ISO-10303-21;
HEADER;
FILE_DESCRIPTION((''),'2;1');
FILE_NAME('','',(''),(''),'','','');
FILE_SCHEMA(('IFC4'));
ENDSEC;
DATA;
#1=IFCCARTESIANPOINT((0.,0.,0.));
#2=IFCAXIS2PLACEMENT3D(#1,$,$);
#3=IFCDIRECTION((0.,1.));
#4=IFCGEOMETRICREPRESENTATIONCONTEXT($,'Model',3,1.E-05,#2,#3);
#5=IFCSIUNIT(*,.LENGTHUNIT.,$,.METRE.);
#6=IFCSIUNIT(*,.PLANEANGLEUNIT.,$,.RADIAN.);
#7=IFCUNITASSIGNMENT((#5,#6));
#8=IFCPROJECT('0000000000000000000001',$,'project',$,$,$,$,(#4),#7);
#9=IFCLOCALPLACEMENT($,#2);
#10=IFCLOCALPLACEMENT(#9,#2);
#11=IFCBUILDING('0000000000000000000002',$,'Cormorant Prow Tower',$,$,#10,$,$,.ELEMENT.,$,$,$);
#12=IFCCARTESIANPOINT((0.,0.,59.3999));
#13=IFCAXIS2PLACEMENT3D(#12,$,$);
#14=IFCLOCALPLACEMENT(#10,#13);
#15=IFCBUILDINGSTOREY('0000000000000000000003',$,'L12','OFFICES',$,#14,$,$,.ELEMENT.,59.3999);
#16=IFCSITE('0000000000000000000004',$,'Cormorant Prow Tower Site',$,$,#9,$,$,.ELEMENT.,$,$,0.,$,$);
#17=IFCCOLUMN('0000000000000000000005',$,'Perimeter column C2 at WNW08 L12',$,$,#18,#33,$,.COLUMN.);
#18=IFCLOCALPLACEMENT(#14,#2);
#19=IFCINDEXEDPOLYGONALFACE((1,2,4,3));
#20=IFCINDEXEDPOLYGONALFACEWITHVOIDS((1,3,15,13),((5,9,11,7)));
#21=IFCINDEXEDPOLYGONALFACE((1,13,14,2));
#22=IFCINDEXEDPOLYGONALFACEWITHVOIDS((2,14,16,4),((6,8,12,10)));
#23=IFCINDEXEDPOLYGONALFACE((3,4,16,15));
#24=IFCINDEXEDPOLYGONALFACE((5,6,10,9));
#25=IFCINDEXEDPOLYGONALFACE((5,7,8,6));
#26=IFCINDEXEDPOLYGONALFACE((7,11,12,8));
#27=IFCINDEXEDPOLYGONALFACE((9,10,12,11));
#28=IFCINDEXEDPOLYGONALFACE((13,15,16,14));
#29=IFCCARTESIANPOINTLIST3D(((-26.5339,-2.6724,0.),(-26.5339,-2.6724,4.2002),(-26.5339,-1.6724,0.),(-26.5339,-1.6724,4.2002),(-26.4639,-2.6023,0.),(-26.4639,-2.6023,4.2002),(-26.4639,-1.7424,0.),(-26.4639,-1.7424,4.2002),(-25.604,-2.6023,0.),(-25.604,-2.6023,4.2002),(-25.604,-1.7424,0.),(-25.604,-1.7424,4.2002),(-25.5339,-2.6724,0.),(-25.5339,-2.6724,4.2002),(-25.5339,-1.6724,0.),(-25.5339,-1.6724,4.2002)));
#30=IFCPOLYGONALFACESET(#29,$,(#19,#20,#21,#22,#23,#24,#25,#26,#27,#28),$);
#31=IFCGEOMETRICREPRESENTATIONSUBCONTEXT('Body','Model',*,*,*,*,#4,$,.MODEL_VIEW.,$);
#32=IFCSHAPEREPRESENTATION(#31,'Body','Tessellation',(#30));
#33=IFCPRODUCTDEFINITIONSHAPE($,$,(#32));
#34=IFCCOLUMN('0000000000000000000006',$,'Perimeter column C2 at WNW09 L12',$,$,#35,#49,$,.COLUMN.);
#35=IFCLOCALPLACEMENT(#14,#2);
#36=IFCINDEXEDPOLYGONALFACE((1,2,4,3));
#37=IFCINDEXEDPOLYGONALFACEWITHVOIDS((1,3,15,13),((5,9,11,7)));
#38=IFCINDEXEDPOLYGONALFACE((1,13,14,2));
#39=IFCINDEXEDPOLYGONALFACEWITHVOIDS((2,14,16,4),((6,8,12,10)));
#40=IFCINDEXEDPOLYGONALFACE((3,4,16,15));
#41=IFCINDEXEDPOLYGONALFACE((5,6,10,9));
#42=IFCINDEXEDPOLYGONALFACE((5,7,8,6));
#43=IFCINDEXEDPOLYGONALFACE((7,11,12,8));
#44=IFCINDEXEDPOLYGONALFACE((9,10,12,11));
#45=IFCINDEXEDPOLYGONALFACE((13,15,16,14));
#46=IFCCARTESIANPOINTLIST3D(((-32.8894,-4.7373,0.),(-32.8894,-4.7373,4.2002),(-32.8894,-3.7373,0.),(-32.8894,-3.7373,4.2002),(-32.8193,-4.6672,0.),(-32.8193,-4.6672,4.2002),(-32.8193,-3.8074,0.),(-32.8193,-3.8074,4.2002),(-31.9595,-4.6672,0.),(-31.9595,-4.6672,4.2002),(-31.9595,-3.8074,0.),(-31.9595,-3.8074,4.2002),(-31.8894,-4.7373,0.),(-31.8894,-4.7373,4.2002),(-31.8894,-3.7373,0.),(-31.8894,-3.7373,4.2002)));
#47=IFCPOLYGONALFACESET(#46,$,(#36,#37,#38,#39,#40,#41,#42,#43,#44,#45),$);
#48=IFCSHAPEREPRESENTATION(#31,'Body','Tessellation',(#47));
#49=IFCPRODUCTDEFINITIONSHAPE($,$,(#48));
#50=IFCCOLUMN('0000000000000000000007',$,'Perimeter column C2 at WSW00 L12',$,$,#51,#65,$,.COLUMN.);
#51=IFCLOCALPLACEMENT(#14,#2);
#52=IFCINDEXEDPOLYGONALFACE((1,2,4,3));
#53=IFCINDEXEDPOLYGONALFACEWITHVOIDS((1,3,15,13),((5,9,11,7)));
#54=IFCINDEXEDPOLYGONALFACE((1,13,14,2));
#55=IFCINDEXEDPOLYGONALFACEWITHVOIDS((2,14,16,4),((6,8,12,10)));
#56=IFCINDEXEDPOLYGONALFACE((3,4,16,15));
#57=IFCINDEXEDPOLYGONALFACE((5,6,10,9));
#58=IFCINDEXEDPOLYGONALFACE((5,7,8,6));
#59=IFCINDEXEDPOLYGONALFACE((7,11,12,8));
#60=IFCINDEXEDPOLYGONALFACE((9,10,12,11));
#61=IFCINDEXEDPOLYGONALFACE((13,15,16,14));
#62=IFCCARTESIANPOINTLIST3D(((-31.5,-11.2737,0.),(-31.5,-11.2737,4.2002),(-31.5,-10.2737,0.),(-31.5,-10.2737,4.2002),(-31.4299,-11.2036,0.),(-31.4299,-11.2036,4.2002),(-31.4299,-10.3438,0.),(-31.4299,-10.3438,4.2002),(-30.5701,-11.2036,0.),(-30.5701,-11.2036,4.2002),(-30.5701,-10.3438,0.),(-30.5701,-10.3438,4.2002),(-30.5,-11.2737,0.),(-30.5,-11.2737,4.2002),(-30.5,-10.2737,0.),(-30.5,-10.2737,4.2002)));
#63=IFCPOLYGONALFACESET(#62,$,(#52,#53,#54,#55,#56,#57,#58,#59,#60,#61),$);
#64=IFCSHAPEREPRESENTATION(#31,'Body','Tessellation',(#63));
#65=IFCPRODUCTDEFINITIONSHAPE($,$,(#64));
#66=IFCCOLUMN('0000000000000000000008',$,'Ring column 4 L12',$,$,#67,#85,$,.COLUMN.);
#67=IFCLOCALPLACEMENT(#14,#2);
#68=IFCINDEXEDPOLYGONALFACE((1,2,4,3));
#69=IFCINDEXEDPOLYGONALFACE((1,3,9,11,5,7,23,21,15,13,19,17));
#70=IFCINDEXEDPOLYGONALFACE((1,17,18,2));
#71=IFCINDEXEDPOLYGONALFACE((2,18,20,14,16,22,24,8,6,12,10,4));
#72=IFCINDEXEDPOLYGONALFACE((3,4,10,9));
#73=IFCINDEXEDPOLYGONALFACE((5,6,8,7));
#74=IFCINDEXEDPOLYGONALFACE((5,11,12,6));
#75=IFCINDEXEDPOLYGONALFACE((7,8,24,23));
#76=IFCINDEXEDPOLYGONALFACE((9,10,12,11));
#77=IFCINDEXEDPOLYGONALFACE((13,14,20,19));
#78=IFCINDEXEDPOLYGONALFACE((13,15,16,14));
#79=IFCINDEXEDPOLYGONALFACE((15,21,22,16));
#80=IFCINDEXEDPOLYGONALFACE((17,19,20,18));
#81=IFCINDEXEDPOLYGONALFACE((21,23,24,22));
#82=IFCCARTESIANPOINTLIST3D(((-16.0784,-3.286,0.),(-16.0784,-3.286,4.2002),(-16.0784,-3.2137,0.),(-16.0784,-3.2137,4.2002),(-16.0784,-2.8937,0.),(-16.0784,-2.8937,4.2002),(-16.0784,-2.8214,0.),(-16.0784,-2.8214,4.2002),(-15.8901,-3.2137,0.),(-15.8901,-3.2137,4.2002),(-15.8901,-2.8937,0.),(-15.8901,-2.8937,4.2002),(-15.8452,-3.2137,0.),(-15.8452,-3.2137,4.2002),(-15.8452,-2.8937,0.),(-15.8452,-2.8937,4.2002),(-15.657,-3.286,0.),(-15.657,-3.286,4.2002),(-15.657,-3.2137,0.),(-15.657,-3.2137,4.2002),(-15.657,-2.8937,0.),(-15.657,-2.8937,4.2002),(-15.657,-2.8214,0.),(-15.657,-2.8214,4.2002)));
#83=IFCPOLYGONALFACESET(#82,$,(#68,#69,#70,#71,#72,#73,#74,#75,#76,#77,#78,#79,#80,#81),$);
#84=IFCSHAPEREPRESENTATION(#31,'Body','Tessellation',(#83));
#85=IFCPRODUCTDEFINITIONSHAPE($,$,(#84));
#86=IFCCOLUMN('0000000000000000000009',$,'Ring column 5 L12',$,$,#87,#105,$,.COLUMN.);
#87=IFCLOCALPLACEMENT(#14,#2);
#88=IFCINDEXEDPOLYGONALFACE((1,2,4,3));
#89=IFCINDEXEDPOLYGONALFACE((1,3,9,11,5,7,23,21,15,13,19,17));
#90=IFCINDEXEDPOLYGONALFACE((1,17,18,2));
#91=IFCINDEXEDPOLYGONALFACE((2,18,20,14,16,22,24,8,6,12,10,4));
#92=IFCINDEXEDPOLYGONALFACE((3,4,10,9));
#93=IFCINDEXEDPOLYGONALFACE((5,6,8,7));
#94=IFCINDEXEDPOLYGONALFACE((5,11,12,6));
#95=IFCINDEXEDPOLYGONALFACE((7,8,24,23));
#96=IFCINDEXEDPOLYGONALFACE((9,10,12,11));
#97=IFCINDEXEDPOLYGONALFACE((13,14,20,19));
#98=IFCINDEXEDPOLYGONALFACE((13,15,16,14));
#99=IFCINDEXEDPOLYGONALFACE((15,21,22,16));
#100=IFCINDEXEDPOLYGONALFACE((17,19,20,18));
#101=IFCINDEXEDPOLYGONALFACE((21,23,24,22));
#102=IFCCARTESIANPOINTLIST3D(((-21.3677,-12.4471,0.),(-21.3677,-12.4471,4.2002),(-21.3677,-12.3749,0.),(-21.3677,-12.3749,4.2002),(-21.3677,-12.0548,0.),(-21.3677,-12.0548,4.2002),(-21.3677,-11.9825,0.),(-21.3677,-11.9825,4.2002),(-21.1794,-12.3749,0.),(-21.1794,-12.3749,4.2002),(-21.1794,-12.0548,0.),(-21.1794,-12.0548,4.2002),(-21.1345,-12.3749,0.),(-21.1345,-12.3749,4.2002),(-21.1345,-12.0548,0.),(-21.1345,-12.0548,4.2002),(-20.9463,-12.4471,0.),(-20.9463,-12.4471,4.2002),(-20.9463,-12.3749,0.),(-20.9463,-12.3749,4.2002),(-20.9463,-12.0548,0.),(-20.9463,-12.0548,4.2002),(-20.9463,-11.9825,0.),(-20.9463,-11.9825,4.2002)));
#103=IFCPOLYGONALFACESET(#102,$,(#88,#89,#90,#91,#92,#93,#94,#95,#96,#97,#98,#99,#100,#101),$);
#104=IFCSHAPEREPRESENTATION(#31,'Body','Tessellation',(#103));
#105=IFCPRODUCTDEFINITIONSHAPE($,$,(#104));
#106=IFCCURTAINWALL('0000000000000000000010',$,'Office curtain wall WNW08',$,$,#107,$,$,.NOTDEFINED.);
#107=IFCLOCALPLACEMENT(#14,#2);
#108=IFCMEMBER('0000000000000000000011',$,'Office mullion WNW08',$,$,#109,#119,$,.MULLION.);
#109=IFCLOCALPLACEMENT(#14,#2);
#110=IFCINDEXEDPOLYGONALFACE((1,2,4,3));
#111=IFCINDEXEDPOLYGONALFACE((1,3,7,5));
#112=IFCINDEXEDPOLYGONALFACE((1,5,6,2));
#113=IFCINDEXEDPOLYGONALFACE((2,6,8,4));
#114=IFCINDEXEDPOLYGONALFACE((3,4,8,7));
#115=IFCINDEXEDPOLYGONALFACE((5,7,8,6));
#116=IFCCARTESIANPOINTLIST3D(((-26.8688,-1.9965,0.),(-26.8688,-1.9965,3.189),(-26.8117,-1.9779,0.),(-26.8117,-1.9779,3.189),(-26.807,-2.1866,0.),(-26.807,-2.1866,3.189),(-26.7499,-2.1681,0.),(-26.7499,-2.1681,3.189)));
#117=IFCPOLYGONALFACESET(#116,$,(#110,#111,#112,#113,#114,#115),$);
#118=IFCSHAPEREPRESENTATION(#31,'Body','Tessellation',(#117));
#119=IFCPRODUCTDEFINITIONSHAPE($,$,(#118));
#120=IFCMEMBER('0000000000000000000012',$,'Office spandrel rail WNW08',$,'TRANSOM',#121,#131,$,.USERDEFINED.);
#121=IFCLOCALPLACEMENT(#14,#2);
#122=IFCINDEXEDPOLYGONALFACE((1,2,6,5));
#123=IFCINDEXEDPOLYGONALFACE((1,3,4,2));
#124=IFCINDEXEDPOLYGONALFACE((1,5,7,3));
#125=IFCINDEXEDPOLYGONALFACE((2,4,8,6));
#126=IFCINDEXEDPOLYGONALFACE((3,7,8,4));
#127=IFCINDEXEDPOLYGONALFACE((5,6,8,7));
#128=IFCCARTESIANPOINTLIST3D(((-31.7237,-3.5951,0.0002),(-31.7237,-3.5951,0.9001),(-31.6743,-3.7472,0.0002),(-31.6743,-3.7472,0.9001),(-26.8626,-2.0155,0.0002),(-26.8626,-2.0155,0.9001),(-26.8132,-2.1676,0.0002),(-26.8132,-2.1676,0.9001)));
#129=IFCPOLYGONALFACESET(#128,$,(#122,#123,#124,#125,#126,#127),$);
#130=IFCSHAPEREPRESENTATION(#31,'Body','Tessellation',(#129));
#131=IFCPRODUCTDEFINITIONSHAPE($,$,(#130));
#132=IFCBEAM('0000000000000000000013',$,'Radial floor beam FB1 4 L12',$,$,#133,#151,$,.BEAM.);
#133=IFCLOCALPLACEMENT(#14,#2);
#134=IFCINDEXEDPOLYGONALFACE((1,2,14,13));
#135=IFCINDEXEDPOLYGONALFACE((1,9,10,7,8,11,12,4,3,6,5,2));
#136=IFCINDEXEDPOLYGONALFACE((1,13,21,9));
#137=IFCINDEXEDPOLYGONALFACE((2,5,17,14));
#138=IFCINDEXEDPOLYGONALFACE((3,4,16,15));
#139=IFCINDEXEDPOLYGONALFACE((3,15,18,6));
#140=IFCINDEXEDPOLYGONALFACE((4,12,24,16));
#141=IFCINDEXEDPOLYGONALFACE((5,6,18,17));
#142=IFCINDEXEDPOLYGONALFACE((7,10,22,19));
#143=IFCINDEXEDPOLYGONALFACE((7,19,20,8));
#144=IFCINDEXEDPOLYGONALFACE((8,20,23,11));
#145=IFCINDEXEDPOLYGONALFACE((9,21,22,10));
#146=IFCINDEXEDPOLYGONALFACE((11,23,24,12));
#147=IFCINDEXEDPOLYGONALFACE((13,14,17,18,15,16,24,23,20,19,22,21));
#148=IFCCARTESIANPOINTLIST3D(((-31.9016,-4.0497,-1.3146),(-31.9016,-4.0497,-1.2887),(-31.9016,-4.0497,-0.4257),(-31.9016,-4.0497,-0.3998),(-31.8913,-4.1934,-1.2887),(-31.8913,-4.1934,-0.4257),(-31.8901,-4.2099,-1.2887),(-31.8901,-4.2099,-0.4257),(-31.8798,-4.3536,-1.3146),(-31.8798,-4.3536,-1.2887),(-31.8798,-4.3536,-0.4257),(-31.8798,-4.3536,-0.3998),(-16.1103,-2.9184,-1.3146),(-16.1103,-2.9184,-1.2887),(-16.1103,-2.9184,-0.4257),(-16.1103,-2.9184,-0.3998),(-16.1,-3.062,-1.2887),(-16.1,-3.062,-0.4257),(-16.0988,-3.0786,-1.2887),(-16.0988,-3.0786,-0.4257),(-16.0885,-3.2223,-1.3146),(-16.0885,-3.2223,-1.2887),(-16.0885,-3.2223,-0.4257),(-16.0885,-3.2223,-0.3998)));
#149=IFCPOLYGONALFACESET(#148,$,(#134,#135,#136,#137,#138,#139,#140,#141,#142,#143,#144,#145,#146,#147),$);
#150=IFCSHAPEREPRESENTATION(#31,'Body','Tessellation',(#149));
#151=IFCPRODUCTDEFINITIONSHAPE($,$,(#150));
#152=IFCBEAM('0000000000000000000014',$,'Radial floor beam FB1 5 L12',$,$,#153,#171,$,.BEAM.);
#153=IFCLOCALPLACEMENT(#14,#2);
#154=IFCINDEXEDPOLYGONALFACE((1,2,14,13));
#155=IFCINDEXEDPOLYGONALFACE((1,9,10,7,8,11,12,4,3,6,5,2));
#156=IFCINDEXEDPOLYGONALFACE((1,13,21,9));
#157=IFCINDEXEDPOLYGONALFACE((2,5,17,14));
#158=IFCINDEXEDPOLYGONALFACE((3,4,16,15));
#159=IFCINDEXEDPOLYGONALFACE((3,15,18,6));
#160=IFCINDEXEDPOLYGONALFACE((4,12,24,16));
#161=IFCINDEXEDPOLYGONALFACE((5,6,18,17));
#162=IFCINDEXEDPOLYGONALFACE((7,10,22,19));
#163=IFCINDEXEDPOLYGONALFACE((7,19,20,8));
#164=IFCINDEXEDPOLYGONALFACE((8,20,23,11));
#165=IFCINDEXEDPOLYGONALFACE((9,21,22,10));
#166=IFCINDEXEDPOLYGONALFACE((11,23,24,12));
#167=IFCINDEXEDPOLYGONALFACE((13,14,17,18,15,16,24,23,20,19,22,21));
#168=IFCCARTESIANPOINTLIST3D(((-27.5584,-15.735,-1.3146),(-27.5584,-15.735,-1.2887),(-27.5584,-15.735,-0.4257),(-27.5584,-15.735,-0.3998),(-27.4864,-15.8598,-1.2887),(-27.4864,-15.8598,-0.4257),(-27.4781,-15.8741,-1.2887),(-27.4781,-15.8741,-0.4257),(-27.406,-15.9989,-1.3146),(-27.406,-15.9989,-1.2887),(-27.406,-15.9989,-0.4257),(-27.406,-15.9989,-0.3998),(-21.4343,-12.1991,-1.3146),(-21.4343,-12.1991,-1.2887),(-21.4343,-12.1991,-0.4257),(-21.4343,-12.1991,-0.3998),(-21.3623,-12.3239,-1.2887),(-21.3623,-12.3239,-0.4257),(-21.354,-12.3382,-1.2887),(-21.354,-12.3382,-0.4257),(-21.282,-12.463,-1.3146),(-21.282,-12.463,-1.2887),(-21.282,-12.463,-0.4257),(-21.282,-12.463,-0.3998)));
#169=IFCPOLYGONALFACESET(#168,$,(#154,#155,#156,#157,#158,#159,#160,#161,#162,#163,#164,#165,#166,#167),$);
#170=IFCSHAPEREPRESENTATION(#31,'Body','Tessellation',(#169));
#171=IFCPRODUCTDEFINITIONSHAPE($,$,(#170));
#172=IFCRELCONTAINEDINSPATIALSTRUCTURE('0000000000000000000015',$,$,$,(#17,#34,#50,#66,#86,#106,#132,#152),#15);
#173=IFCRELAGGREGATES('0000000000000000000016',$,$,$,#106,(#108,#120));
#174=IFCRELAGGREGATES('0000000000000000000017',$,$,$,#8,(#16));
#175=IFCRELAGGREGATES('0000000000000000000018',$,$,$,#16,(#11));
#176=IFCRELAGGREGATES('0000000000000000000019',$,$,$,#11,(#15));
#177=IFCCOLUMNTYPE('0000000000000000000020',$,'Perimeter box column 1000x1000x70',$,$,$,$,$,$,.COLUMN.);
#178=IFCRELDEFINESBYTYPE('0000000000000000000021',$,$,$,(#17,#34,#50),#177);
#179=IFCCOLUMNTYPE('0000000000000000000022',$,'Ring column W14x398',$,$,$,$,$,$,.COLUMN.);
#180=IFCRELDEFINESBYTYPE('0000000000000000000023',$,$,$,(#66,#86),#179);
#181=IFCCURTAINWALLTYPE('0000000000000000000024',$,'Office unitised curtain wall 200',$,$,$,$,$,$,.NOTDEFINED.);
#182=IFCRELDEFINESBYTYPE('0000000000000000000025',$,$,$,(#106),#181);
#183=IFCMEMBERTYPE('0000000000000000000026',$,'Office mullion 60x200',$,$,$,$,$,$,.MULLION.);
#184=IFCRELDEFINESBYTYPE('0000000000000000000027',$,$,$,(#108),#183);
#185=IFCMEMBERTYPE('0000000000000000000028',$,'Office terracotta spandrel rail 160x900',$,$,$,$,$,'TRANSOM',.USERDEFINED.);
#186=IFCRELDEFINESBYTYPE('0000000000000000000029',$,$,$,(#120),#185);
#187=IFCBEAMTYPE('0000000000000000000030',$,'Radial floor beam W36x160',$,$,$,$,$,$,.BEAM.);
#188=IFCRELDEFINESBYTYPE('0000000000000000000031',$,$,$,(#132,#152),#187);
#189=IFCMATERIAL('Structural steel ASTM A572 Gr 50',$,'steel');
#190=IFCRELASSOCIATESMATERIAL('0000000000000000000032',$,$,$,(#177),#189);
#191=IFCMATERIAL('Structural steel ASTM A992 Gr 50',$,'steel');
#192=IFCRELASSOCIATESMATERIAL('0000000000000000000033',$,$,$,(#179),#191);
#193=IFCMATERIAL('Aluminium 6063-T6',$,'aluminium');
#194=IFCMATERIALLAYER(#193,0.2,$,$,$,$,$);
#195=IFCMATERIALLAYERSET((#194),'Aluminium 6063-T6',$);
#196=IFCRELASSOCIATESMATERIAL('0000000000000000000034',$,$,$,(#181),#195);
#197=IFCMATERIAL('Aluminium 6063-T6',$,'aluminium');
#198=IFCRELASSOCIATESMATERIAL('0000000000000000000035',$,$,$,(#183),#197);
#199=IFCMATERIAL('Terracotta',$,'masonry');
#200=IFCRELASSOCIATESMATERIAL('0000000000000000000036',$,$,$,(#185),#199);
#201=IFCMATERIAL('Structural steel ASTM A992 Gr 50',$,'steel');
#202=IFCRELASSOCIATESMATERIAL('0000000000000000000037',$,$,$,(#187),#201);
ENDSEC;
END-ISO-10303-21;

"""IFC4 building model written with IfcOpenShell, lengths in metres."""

from ifc_helpers import new_model, si_unit, direction, frame, origin, origin_2d, place, context, subcontext, project, spatial, rectangle, hollow_rectangle, i_section, extrude, material, layer, layer_set, material_profile, profile_set, type_object, element, aggregate, save


model = new_model("IFC4")

# Units and contexts
model_context = context("Model", 3, precision=1e-05, world=origin(), true_north=direction((0.0, 1.0)))
body_context = subcontext(model_context, "Body", "Model", "MODEL_VIEW")
ifc_project = project(units=[si_unit("LENGTHUNIT", "METRE"), si_unit("PLANEANGLEUNIT", "RADIAN")], contexts=[model_context])

# Site, building, storey
site_placement = place(None, origin())
site = spatial("IfcSite", under=ifc_project, at=site_placement, Name="Cormorant Prow Tower Site", CompositionType="ELEMENT", RefElevation=0.0)
building_placement = place(site_placement, origin())
building = spatial("IfcBuilding", under=site, at=building_placement, Name="Cormorant Prow Tower", CompositionType="ELEMENT")
storey_placement = place(building_placement, frame((0.0, 0.0, 59.3999)))
storey = spatial("IfcBuildingStorey", under=building, at=storey_placement, Name="L12", Description="OFFICES", CompositionType="ELEMENT", Elevation=59.3999)

# Columns
ifc_material_1 = material(Name="Structural steel ASTM A572 Gr 50", Category="steel")
ifc_material_profile_1 = material_profile(ifc_material_1, hollow_rectangle(XDim=1.0, YDim=1.0, WallThickness=0.0701, at=origin_2d()), Name="Box 1000x1000x70")
ifc_profile_set_1 = profile_set([ifc_material_profile_1], Name="Structural steel ASTM A572 Gr 50")
column_type_1 = type_object("IfcColumnType", Name="Perimeter box column 1000x1000x70", PredefinedType="COLUMN", material=ifc_profile_set_1)
for number, where, z_axis, x_axis, name in (
    (1, (-26.0339, -2.1724, 0.0), (0.0, 0.0, 1.0), (1.0, 0.0, 0.0), "Perimeter column C2 at WNW08 L12"),
    (2, (-32.3894, -4.2373, 0.0), (0.0, 0.0, 1.0), (1.0, 0.0, 0.0), "Perimeter column C2 at WNW09 L12"),
    (3, (-31.0, -10.7737, 0.0), (0.0, 0.0, 1.0), (1.0, 0.0, 0.0), "Perimeter column C2 at WSW00 L12"),
):
    element("IfcColumn", number, at=place(storey_placement, frame(where, z_axis=z_axis, x_axis=x_axis)), inside=storey, type_object=column_type_1, Name=name, PredefinedType="COLUMN", context=body_context, shape_type="SweptSolid", body=[
        extrude(hollow_rectangle(XDim=1.0, YDim=1.0, WallThickness=0.0701, at=origin_2d()), origin(), (0.0, 0.0, 1.0), 4.2002),
    ])
ifc_material_2 = material(Name="Structural steel ASTM A992 Gr 50", Category="steel")
ifc_material_profile_2 = material_profile(ifc_material_2, i_section(OverallWidth=0.4214, OverallDepth=0.4646, WebThickness=0.0449, FlangeThickness=0.0723, at=origin_2d()), Name="W14x398")
ifc_profile_set_2 = profile_set([ifc_material_profile_2], Name="Structural steel ASTM A992 Gr 50")
column_type_2 = type_object("IfcColumnType", Name="Ring column W14x398", PredefinedType="COLUMN", material=ifc_profile_set_2)
for number, where, z_axis, x_axis, name in (
    (4, (-15.8677, -3.0537, 0.0), (0.0, 0.0, 1.0), (1.0, 0.0, 0.0), "Ring column 4 L12"),
    (5, (-21.157, -12.2148, 0.0), (0.0, 0.0, 1.0), (1.0, 0.0, 0.0), "Ring column 5 L12"),
):
    element("IfcColumn", number, at=place(storey_placement, frame(where, z_axis=z_axis, x_axis=x_axis)), inside=storey, type_object=column_type_2, Name=name, PredefinedType="COLUMN", context=body_context, shape_type="SweptSolid", body=[
        extrude(i_section(OverallWidth=0.4214, OverallDepth=0.4646, WebThickness=0.0449, FlangeThickness=0.0723, at=origin_2d()), origin(), (0.0, 0.0, 1.0), 4.2002),
    ])

# Curtain wall, members
ifc_material_3 = material(Name="Aluminium 6063-T6", Category="aluminium")
ifc_layer_1 = layer(ifc_material_3, 0.2)
ifc_layer_set_1 = layer_set([ifc_layer_1], Name="Aluminium 6063-T6")
curtain_wall_type = type_object("IfcCurtainWallType", Name="Office unitised curtain wall 200", PredefinedType="NOTDEFINED", material=ifc_layer_set_1)
curtain_wall_placement = place(storey_placement, origin())
curtain_wall = element("IfcCurtainWall", 6, at=curtain_wall_placement, inside=storey, type_object=curtain_wall_type, Name="Office curtain wall WNW08", PredefinedType="NOTDEFINED")
ifc_material_4 = material(Name="Aluminium 6063-T6", Category="aluminium")
ifc_material_profile_3 = material_profile(ifc_material_4, rectangle(XDim=0.2, YDim=0.0601, at=origin_2d()), Name="Office mullion 60x200")
ifc_profile_set_3 = profile_set([ifc_material_profile_3], Name="Aluminium 6063-T6")
member_type_1 = type_object("IfcMemberType", Name="Office mullion 60x200", PredefinedType="MULLION", material=ifc_profile_set_3)
member_1_placement = place(storey_placement, frame((-26.8093, -2.0823, 0.0), z_axis=(0.0, 0.0, 1.0), x_axis=(0.309017, -0.951057, 0.0)))
member_1 = element("IfcMember", 7, at=member_1_placement, type_object=member_type_1, Name="Office mullion WNW08", PredefinedType="MULLION", context=body_context, shape_type="SweptSolid", body=[
    extrude(rectangle(XDim=0.2, YDim=0.0601, at=origin_2d()), origin(), (0.0, 0.0, 1.0), 3.189),
])
ifc_material_5 = material(Name="Terracotta", Category="masonry")
ifc_material_profile_4 = material_profile(ifc_material_5, rectangle(XDim=0.1599, YDim=0.8999, at=origin_2d()), Name="Office terracotta spandrel rail 160x900")
ifc_profile_set_4 = profile_set([ifc_material_profile_4], Name="Terracotta")
member_type_2 = type_object("IfcMemberType", Name="Office terracotta spandrel rail 160x900", ElementType="TRANSOM", PredefinedType="USERDEFINED", material=ifc_profile_set_4)
member_2_placement = place(storey_placement, frame((-26.8379, -2.0916, 0.4502), z_axis=(-0.951049, -0.30904, 0.0), x_axis=(0.30904, -0.951049, 0.0)))
member_2 = element("IfcMember", 8, at=member_2_placement, type_object=member_type_2, Name="Office spandrel rail WNW08", ObjectType="TRANSOM", PredefinedType="USERDEFINED", context=body_context, shape_type="SweptSolid", body=[
    extrude(rectangle(XDim=0.1599, YDim=0.8999, at=origin_2d()), origin(), (0.0, 0.0, 1.0), 5.1113),
])

# Beams
ifc_material_6 = material(Name="Structural steel ASTM A992 Gr 50", Category="steel")
ifc_material_profile_5 = material_profile(ifc_material_6, i_section(OverallWidth=0.3047, OverallDepth=0.9148, WebThickness=0.0166, FlangeThickness=0.0259, at=origin_2d()), Name="W36x160")
ifc_profile_set_5 = profile_set([ifc_material_profile_5], Name="Structural steel ASTM A992 Gr 50")
beam_type_1 = type_object("IfcBeamType", Name="Radial floor beam W36x160", PredefinedType="BEAM", material=ifc_profile_set_5)
beam_1_placement = place(storey_placement, frame((-16.0994, -3.0703, -0.8572), z_axis=(-0.997443, -0.071461, 0.0), x_axis=(0.071461, -0.997443, 0.0)))
element("IfcBeam", 9, at=beam_1_placement, inside=storey, type_object=beam_type_1, Name="Radial floor beam FB1 4 L12", PredefinedType="BEAM", context=body_context, shape_type="SweptSolid", body=[
    extrude(i_section(OverallWidth=0.3047, OverallDepth=0.9148, WebThickness=0.0166, FlangeThickness=0.0259, at=origin_2d()), origin(), (0.0, 0.0, 1.0), 15.8318),
])
beam_2_placement = place(storey_placement, frame((-21.3582, -12.3311, -0.8572), z_axis=(-0.866014, -0.500019, 0.0), x_axis=(0.500019, -0.866014, 0.0)))
element("IfcBeam", 10, at=beam_2_placement, inside=storey, type_object=beam_type_1, Name="Radial floor beam FB1 5 L12", PredefinedType="BEAM", context=body_context, shape_type="SweptSolid", body=[
    extrude(i_section(OverallWidth=0.3047, OverallDepth=0.9148, WebThickness=0.0166, FlangeThickness=0.0259, at=origin_2d()), origin(), (0.0, 0.0, 1.0), 7.0715),
])

aggregate(curtain_wall, [member_1, member_2])

save(model, "model.ifc")
